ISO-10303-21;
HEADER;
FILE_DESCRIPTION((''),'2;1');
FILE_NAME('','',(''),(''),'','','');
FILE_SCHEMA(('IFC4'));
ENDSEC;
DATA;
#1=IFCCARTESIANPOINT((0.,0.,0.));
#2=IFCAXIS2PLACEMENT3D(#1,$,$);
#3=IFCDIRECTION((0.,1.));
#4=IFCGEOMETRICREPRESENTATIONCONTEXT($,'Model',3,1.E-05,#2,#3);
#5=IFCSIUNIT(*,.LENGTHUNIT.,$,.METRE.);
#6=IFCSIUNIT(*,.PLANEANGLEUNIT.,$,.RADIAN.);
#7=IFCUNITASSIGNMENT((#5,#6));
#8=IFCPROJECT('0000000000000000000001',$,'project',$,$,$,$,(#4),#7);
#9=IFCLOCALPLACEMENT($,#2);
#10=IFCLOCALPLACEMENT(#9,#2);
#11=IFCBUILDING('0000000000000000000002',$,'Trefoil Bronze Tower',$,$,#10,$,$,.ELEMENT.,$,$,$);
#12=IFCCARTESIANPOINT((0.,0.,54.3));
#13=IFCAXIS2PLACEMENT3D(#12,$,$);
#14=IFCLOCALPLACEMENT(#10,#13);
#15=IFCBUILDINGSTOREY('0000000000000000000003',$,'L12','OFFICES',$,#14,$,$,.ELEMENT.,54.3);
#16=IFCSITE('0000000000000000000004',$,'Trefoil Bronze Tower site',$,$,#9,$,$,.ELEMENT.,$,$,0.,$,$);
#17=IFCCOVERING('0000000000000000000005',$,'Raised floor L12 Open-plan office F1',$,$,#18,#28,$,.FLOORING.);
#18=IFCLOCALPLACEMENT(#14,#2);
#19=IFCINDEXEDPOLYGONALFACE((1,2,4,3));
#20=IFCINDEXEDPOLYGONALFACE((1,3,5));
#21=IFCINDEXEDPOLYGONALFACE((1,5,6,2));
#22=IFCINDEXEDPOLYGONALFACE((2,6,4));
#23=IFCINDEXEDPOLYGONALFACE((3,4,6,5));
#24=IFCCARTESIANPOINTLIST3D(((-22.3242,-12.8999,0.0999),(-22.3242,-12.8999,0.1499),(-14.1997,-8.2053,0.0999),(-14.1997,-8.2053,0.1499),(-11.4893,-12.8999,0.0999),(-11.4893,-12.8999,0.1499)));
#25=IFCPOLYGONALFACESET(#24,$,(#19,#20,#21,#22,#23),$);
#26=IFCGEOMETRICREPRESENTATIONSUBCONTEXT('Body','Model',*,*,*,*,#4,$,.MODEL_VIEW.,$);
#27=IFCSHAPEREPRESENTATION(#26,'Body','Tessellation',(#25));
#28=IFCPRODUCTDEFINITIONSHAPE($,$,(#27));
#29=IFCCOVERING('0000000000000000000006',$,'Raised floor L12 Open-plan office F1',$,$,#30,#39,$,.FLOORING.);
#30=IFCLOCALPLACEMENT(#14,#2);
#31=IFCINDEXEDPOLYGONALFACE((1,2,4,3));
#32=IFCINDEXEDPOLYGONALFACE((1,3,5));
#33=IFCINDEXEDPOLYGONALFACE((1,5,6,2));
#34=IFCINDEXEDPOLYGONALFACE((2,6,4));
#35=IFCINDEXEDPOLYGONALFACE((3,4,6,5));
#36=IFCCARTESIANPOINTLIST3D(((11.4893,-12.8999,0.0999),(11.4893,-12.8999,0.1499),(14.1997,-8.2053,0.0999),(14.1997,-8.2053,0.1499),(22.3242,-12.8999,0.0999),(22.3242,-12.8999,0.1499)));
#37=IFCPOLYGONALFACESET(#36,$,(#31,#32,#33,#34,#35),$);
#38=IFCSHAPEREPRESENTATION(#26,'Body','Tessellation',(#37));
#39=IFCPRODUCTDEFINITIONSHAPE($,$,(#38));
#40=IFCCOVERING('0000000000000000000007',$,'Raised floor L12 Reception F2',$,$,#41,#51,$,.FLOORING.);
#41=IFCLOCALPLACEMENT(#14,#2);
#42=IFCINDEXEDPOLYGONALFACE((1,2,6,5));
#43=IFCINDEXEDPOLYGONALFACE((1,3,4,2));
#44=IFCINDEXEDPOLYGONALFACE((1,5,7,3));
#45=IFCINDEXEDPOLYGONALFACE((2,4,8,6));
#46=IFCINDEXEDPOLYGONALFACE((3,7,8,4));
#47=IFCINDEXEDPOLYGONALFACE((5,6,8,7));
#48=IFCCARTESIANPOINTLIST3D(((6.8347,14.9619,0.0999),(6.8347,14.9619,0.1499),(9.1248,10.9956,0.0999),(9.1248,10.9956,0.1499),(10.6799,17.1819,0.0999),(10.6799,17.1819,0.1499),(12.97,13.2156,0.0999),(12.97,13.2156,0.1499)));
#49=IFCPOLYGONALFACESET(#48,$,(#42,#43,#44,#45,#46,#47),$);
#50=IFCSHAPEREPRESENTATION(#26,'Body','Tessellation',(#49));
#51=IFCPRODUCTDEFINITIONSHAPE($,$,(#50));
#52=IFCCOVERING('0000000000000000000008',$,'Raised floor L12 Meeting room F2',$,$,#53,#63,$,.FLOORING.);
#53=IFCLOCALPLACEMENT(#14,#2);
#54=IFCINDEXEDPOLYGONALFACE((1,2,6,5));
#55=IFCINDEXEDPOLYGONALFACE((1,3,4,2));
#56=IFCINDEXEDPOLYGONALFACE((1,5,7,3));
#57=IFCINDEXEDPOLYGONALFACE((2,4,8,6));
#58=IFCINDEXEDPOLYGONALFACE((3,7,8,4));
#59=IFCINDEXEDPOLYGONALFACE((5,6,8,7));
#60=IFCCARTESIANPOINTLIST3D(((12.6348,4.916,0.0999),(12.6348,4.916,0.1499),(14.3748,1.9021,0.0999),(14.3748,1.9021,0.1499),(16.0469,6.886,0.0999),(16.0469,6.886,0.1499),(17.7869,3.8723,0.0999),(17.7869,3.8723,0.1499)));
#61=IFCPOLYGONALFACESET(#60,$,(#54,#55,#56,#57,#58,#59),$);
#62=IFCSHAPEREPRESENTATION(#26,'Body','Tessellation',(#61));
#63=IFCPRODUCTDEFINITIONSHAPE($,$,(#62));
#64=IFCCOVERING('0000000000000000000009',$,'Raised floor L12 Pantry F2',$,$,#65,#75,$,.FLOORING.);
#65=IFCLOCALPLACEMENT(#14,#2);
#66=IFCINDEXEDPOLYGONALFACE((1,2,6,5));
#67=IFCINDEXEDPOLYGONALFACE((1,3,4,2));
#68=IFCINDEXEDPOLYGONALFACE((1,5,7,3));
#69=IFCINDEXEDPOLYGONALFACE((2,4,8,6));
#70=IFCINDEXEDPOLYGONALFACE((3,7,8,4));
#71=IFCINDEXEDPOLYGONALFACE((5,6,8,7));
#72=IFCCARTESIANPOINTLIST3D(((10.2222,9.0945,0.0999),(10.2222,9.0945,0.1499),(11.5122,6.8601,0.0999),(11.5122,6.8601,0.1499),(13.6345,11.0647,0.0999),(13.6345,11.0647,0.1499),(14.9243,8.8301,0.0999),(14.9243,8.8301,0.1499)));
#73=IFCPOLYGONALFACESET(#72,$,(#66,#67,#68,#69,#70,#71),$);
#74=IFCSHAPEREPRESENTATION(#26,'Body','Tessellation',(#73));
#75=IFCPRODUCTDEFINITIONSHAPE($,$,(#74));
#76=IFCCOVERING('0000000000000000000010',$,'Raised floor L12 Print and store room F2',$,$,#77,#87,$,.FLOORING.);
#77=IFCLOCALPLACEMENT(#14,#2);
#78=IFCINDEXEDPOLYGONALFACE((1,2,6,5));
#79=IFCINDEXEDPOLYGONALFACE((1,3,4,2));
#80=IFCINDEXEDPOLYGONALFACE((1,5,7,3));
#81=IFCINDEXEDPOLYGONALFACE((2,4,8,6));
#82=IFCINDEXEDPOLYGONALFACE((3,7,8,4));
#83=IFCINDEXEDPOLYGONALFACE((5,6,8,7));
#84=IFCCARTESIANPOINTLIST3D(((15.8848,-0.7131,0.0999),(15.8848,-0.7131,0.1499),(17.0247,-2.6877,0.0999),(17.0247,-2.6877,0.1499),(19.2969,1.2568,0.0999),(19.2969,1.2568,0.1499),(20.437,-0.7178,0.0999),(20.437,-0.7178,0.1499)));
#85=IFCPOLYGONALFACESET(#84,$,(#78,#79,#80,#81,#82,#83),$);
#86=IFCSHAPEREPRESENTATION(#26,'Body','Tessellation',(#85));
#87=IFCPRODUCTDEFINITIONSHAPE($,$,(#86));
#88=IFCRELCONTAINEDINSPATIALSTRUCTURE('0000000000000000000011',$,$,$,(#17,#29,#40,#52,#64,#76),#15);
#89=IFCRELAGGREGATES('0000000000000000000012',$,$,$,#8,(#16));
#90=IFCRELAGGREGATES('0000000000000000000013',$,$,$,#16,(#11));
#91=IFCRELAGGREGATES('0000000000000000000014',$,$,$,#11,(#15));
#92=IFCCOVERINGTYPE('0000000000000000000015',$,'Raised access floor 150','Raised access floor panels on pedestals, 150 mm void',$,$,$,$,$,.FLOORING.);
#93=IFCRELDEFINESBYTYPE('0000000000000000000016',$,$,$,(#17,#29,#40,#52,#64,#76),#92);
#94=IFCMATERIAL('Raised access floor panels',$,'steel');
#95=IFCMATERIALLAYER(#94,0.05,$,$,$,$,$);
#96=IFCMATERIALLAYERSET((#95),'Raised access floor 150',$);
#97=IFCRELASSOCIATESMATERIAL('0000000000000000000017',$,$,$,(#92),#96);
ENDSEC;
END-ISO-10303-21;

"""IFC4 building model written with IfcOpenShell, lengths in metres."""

from ifc_helpers import new_model, si_unit, direction, frame, origin, place, context, subcontext, project, spatial, polyline, outline, extrude, material, layer, layer_set, type_object, element, save


model = new_model("IFC4")

# Units and contexts
model_context = context("Model", 3, precision=1e-05, world=origin(), true_north=direction((0.0, 1.0)))
body_context = subcontext(model_context, "Body", "Model", "MODEL_VIEW")
ifc_project = project(units=[si_unit("LENGTHUNIT", "METRE"), si_unit("PLANEANGLEUNIT", "RADIAN")], contexts=[model_context])

# Site, building, storey
site_placement = place(None, origin())
site = spatial("IfcSite", under=ifc_project, at=site_placement, Name="Trefoil Bronze Tower site", CompositionType="ELEMENT", RefElevation=0.0)
building_placement = place(site_placement, origin())
building = spatial("IfcBuilding", under=site, at=building_placement, Name="Trefoil Bronze Tower", CompositionType="ELEMENT")
storey_placement = place(building_placement, frame((0.0, 0.0, 54.3)))
storey = spatial("IfcBuildingStorey", under=building, at=storey_placement, Name="L12", Description="OFFICES", CompositionType="ELEMENT", Elevation=54.3)

# Coverings
ifc_material_1 = material(Name="Raised access floor panels", Category="steel")
ifc_layer_1 = layer(ifc_material_1, 0.05)
ifc_layer_set_1 = layer_set([ifc_layer_1], Name="Raised access floor 150")
covering_type_1 = type_object("IfcCoveringType", Name="Raised access floor 150", Description="Raised access floor panels on pedestals, 150 mm void", PredefinedType="FLOORING", material=ifc_layer_set_1)
covering_1_placement = place(storey_placement, frame((0.0, 0.0, 0.0999)))
element("IfcCovering", 1, at=covering_1_placement, inside=storey, type_object=covering_type_1, Name="Raised floor L12 Open-plan office F1", PredefinedType="FLOORING", context=body_context, shape_type="SweptSolid", body=[
    extrude(outline(polyline([(-22.3242, -12.8999), (-14.1997, -8.2053), (-11.4893, -12.8999), (-22.3242, -12.8999)])), origin(), (0.0, 0.0, 1.0), 0.05),
])
covering_2_placement = place(storey_placement, frame((0.0, 0.0, 0.0999)))
element("IfcCovering", 2, at=covering_2_placement, inside=storey, type_object=covering_type_1, Name="Raised floor L12 Open-plan office F1", PredefinedType="FLOORING", context=body_context, shape_type="SweptSolid", body=[
    extrude(outline(polyline([(14.1997, -8.2053), (22.3242, -12.8999), (11.4893, -12.8999), (14.1997, -8.2053)])), origin(), (0.0, 0.0, 1.0), 0.05),
])
covering_3_placement = place(storey_placement, frame((0.0, 0.0, 0.0999)))
element("IfcCovering", 3, at=covering_3_placement, inside=storey, type_object=covering_type_1, Name="Raised floor L12 Reception F2", PredefinedType="FLOORING", context=body_context, shape_type="SweptSolid", body=[
    extrude(outline(polyline([(6.8347, 14.9619), (10.6799, 17.1819), (12.97, 13.2156), (9.1248, 10.9956), (6.8347, 14.9619)])), origin(), (0.0, 0.0, 1.0), 0.05),
])
covering_4_placement = place(storey_placement, frame((0.0, 0.0, 0.0999)))
element("IfcCovering", 4, at=covering_4_placement, inside=storey, type_object=covering_type_1, Name="Raised floor L12 Meeting room F2", PredefinedType="FLOORING", context=body_context, shape_type="SweptSolid", body=[
    extrude(outline(polyline([(12.6348, 4.916), (16.0469, 6.886), (17.7869, 3.8723), (14.3748, 1.9021), (12.6348, 4.916)])), origin(), (0.0, 0.0, 1.0), 0.05),
])
covering_5_placement = place(storey_placement, frame((0.0, 0.0, 0.0999)))
element("IfcCovering", 5, at=covering_5_placement, inside=storey, type_object=covering_type_1, Name="Raised floor L12 Pantry F2", PredefinedType="FLOORING", context=body_context, shape_type="SweptSolid", body=[
    extrude(outline(polyline([(10.2222, 9.0945), (13.6345, 11.0647), (14.9243, 8.8301), (11.5122, 6.8601), (10.2222, 9.0945)])), origin(), (0.0, 0.0, 1.0), 0.05),
])
covering_6_placement = place(storey_placement, frame((0.0, 0.0, 0.0999)))
element("IfcCovering", 6, at=covering_6_placement, inside=storey, type_object=covering_type_1, Name="Raised floor L12 Print and store room F2", PredefinedType="FLOORING", context=body_context, shape_type="SweptSolid", body=[
    extrude(outline(polyline([(15.8848, -0.7131), (19.2969, 1.2568), (20.437, -0.7178), (17.0247, -2.6877), (15.8848, -0.7131)])), origin(), (0.0, 0.0, 1.0), 0.05),
])

save(model, "model.ifc")
